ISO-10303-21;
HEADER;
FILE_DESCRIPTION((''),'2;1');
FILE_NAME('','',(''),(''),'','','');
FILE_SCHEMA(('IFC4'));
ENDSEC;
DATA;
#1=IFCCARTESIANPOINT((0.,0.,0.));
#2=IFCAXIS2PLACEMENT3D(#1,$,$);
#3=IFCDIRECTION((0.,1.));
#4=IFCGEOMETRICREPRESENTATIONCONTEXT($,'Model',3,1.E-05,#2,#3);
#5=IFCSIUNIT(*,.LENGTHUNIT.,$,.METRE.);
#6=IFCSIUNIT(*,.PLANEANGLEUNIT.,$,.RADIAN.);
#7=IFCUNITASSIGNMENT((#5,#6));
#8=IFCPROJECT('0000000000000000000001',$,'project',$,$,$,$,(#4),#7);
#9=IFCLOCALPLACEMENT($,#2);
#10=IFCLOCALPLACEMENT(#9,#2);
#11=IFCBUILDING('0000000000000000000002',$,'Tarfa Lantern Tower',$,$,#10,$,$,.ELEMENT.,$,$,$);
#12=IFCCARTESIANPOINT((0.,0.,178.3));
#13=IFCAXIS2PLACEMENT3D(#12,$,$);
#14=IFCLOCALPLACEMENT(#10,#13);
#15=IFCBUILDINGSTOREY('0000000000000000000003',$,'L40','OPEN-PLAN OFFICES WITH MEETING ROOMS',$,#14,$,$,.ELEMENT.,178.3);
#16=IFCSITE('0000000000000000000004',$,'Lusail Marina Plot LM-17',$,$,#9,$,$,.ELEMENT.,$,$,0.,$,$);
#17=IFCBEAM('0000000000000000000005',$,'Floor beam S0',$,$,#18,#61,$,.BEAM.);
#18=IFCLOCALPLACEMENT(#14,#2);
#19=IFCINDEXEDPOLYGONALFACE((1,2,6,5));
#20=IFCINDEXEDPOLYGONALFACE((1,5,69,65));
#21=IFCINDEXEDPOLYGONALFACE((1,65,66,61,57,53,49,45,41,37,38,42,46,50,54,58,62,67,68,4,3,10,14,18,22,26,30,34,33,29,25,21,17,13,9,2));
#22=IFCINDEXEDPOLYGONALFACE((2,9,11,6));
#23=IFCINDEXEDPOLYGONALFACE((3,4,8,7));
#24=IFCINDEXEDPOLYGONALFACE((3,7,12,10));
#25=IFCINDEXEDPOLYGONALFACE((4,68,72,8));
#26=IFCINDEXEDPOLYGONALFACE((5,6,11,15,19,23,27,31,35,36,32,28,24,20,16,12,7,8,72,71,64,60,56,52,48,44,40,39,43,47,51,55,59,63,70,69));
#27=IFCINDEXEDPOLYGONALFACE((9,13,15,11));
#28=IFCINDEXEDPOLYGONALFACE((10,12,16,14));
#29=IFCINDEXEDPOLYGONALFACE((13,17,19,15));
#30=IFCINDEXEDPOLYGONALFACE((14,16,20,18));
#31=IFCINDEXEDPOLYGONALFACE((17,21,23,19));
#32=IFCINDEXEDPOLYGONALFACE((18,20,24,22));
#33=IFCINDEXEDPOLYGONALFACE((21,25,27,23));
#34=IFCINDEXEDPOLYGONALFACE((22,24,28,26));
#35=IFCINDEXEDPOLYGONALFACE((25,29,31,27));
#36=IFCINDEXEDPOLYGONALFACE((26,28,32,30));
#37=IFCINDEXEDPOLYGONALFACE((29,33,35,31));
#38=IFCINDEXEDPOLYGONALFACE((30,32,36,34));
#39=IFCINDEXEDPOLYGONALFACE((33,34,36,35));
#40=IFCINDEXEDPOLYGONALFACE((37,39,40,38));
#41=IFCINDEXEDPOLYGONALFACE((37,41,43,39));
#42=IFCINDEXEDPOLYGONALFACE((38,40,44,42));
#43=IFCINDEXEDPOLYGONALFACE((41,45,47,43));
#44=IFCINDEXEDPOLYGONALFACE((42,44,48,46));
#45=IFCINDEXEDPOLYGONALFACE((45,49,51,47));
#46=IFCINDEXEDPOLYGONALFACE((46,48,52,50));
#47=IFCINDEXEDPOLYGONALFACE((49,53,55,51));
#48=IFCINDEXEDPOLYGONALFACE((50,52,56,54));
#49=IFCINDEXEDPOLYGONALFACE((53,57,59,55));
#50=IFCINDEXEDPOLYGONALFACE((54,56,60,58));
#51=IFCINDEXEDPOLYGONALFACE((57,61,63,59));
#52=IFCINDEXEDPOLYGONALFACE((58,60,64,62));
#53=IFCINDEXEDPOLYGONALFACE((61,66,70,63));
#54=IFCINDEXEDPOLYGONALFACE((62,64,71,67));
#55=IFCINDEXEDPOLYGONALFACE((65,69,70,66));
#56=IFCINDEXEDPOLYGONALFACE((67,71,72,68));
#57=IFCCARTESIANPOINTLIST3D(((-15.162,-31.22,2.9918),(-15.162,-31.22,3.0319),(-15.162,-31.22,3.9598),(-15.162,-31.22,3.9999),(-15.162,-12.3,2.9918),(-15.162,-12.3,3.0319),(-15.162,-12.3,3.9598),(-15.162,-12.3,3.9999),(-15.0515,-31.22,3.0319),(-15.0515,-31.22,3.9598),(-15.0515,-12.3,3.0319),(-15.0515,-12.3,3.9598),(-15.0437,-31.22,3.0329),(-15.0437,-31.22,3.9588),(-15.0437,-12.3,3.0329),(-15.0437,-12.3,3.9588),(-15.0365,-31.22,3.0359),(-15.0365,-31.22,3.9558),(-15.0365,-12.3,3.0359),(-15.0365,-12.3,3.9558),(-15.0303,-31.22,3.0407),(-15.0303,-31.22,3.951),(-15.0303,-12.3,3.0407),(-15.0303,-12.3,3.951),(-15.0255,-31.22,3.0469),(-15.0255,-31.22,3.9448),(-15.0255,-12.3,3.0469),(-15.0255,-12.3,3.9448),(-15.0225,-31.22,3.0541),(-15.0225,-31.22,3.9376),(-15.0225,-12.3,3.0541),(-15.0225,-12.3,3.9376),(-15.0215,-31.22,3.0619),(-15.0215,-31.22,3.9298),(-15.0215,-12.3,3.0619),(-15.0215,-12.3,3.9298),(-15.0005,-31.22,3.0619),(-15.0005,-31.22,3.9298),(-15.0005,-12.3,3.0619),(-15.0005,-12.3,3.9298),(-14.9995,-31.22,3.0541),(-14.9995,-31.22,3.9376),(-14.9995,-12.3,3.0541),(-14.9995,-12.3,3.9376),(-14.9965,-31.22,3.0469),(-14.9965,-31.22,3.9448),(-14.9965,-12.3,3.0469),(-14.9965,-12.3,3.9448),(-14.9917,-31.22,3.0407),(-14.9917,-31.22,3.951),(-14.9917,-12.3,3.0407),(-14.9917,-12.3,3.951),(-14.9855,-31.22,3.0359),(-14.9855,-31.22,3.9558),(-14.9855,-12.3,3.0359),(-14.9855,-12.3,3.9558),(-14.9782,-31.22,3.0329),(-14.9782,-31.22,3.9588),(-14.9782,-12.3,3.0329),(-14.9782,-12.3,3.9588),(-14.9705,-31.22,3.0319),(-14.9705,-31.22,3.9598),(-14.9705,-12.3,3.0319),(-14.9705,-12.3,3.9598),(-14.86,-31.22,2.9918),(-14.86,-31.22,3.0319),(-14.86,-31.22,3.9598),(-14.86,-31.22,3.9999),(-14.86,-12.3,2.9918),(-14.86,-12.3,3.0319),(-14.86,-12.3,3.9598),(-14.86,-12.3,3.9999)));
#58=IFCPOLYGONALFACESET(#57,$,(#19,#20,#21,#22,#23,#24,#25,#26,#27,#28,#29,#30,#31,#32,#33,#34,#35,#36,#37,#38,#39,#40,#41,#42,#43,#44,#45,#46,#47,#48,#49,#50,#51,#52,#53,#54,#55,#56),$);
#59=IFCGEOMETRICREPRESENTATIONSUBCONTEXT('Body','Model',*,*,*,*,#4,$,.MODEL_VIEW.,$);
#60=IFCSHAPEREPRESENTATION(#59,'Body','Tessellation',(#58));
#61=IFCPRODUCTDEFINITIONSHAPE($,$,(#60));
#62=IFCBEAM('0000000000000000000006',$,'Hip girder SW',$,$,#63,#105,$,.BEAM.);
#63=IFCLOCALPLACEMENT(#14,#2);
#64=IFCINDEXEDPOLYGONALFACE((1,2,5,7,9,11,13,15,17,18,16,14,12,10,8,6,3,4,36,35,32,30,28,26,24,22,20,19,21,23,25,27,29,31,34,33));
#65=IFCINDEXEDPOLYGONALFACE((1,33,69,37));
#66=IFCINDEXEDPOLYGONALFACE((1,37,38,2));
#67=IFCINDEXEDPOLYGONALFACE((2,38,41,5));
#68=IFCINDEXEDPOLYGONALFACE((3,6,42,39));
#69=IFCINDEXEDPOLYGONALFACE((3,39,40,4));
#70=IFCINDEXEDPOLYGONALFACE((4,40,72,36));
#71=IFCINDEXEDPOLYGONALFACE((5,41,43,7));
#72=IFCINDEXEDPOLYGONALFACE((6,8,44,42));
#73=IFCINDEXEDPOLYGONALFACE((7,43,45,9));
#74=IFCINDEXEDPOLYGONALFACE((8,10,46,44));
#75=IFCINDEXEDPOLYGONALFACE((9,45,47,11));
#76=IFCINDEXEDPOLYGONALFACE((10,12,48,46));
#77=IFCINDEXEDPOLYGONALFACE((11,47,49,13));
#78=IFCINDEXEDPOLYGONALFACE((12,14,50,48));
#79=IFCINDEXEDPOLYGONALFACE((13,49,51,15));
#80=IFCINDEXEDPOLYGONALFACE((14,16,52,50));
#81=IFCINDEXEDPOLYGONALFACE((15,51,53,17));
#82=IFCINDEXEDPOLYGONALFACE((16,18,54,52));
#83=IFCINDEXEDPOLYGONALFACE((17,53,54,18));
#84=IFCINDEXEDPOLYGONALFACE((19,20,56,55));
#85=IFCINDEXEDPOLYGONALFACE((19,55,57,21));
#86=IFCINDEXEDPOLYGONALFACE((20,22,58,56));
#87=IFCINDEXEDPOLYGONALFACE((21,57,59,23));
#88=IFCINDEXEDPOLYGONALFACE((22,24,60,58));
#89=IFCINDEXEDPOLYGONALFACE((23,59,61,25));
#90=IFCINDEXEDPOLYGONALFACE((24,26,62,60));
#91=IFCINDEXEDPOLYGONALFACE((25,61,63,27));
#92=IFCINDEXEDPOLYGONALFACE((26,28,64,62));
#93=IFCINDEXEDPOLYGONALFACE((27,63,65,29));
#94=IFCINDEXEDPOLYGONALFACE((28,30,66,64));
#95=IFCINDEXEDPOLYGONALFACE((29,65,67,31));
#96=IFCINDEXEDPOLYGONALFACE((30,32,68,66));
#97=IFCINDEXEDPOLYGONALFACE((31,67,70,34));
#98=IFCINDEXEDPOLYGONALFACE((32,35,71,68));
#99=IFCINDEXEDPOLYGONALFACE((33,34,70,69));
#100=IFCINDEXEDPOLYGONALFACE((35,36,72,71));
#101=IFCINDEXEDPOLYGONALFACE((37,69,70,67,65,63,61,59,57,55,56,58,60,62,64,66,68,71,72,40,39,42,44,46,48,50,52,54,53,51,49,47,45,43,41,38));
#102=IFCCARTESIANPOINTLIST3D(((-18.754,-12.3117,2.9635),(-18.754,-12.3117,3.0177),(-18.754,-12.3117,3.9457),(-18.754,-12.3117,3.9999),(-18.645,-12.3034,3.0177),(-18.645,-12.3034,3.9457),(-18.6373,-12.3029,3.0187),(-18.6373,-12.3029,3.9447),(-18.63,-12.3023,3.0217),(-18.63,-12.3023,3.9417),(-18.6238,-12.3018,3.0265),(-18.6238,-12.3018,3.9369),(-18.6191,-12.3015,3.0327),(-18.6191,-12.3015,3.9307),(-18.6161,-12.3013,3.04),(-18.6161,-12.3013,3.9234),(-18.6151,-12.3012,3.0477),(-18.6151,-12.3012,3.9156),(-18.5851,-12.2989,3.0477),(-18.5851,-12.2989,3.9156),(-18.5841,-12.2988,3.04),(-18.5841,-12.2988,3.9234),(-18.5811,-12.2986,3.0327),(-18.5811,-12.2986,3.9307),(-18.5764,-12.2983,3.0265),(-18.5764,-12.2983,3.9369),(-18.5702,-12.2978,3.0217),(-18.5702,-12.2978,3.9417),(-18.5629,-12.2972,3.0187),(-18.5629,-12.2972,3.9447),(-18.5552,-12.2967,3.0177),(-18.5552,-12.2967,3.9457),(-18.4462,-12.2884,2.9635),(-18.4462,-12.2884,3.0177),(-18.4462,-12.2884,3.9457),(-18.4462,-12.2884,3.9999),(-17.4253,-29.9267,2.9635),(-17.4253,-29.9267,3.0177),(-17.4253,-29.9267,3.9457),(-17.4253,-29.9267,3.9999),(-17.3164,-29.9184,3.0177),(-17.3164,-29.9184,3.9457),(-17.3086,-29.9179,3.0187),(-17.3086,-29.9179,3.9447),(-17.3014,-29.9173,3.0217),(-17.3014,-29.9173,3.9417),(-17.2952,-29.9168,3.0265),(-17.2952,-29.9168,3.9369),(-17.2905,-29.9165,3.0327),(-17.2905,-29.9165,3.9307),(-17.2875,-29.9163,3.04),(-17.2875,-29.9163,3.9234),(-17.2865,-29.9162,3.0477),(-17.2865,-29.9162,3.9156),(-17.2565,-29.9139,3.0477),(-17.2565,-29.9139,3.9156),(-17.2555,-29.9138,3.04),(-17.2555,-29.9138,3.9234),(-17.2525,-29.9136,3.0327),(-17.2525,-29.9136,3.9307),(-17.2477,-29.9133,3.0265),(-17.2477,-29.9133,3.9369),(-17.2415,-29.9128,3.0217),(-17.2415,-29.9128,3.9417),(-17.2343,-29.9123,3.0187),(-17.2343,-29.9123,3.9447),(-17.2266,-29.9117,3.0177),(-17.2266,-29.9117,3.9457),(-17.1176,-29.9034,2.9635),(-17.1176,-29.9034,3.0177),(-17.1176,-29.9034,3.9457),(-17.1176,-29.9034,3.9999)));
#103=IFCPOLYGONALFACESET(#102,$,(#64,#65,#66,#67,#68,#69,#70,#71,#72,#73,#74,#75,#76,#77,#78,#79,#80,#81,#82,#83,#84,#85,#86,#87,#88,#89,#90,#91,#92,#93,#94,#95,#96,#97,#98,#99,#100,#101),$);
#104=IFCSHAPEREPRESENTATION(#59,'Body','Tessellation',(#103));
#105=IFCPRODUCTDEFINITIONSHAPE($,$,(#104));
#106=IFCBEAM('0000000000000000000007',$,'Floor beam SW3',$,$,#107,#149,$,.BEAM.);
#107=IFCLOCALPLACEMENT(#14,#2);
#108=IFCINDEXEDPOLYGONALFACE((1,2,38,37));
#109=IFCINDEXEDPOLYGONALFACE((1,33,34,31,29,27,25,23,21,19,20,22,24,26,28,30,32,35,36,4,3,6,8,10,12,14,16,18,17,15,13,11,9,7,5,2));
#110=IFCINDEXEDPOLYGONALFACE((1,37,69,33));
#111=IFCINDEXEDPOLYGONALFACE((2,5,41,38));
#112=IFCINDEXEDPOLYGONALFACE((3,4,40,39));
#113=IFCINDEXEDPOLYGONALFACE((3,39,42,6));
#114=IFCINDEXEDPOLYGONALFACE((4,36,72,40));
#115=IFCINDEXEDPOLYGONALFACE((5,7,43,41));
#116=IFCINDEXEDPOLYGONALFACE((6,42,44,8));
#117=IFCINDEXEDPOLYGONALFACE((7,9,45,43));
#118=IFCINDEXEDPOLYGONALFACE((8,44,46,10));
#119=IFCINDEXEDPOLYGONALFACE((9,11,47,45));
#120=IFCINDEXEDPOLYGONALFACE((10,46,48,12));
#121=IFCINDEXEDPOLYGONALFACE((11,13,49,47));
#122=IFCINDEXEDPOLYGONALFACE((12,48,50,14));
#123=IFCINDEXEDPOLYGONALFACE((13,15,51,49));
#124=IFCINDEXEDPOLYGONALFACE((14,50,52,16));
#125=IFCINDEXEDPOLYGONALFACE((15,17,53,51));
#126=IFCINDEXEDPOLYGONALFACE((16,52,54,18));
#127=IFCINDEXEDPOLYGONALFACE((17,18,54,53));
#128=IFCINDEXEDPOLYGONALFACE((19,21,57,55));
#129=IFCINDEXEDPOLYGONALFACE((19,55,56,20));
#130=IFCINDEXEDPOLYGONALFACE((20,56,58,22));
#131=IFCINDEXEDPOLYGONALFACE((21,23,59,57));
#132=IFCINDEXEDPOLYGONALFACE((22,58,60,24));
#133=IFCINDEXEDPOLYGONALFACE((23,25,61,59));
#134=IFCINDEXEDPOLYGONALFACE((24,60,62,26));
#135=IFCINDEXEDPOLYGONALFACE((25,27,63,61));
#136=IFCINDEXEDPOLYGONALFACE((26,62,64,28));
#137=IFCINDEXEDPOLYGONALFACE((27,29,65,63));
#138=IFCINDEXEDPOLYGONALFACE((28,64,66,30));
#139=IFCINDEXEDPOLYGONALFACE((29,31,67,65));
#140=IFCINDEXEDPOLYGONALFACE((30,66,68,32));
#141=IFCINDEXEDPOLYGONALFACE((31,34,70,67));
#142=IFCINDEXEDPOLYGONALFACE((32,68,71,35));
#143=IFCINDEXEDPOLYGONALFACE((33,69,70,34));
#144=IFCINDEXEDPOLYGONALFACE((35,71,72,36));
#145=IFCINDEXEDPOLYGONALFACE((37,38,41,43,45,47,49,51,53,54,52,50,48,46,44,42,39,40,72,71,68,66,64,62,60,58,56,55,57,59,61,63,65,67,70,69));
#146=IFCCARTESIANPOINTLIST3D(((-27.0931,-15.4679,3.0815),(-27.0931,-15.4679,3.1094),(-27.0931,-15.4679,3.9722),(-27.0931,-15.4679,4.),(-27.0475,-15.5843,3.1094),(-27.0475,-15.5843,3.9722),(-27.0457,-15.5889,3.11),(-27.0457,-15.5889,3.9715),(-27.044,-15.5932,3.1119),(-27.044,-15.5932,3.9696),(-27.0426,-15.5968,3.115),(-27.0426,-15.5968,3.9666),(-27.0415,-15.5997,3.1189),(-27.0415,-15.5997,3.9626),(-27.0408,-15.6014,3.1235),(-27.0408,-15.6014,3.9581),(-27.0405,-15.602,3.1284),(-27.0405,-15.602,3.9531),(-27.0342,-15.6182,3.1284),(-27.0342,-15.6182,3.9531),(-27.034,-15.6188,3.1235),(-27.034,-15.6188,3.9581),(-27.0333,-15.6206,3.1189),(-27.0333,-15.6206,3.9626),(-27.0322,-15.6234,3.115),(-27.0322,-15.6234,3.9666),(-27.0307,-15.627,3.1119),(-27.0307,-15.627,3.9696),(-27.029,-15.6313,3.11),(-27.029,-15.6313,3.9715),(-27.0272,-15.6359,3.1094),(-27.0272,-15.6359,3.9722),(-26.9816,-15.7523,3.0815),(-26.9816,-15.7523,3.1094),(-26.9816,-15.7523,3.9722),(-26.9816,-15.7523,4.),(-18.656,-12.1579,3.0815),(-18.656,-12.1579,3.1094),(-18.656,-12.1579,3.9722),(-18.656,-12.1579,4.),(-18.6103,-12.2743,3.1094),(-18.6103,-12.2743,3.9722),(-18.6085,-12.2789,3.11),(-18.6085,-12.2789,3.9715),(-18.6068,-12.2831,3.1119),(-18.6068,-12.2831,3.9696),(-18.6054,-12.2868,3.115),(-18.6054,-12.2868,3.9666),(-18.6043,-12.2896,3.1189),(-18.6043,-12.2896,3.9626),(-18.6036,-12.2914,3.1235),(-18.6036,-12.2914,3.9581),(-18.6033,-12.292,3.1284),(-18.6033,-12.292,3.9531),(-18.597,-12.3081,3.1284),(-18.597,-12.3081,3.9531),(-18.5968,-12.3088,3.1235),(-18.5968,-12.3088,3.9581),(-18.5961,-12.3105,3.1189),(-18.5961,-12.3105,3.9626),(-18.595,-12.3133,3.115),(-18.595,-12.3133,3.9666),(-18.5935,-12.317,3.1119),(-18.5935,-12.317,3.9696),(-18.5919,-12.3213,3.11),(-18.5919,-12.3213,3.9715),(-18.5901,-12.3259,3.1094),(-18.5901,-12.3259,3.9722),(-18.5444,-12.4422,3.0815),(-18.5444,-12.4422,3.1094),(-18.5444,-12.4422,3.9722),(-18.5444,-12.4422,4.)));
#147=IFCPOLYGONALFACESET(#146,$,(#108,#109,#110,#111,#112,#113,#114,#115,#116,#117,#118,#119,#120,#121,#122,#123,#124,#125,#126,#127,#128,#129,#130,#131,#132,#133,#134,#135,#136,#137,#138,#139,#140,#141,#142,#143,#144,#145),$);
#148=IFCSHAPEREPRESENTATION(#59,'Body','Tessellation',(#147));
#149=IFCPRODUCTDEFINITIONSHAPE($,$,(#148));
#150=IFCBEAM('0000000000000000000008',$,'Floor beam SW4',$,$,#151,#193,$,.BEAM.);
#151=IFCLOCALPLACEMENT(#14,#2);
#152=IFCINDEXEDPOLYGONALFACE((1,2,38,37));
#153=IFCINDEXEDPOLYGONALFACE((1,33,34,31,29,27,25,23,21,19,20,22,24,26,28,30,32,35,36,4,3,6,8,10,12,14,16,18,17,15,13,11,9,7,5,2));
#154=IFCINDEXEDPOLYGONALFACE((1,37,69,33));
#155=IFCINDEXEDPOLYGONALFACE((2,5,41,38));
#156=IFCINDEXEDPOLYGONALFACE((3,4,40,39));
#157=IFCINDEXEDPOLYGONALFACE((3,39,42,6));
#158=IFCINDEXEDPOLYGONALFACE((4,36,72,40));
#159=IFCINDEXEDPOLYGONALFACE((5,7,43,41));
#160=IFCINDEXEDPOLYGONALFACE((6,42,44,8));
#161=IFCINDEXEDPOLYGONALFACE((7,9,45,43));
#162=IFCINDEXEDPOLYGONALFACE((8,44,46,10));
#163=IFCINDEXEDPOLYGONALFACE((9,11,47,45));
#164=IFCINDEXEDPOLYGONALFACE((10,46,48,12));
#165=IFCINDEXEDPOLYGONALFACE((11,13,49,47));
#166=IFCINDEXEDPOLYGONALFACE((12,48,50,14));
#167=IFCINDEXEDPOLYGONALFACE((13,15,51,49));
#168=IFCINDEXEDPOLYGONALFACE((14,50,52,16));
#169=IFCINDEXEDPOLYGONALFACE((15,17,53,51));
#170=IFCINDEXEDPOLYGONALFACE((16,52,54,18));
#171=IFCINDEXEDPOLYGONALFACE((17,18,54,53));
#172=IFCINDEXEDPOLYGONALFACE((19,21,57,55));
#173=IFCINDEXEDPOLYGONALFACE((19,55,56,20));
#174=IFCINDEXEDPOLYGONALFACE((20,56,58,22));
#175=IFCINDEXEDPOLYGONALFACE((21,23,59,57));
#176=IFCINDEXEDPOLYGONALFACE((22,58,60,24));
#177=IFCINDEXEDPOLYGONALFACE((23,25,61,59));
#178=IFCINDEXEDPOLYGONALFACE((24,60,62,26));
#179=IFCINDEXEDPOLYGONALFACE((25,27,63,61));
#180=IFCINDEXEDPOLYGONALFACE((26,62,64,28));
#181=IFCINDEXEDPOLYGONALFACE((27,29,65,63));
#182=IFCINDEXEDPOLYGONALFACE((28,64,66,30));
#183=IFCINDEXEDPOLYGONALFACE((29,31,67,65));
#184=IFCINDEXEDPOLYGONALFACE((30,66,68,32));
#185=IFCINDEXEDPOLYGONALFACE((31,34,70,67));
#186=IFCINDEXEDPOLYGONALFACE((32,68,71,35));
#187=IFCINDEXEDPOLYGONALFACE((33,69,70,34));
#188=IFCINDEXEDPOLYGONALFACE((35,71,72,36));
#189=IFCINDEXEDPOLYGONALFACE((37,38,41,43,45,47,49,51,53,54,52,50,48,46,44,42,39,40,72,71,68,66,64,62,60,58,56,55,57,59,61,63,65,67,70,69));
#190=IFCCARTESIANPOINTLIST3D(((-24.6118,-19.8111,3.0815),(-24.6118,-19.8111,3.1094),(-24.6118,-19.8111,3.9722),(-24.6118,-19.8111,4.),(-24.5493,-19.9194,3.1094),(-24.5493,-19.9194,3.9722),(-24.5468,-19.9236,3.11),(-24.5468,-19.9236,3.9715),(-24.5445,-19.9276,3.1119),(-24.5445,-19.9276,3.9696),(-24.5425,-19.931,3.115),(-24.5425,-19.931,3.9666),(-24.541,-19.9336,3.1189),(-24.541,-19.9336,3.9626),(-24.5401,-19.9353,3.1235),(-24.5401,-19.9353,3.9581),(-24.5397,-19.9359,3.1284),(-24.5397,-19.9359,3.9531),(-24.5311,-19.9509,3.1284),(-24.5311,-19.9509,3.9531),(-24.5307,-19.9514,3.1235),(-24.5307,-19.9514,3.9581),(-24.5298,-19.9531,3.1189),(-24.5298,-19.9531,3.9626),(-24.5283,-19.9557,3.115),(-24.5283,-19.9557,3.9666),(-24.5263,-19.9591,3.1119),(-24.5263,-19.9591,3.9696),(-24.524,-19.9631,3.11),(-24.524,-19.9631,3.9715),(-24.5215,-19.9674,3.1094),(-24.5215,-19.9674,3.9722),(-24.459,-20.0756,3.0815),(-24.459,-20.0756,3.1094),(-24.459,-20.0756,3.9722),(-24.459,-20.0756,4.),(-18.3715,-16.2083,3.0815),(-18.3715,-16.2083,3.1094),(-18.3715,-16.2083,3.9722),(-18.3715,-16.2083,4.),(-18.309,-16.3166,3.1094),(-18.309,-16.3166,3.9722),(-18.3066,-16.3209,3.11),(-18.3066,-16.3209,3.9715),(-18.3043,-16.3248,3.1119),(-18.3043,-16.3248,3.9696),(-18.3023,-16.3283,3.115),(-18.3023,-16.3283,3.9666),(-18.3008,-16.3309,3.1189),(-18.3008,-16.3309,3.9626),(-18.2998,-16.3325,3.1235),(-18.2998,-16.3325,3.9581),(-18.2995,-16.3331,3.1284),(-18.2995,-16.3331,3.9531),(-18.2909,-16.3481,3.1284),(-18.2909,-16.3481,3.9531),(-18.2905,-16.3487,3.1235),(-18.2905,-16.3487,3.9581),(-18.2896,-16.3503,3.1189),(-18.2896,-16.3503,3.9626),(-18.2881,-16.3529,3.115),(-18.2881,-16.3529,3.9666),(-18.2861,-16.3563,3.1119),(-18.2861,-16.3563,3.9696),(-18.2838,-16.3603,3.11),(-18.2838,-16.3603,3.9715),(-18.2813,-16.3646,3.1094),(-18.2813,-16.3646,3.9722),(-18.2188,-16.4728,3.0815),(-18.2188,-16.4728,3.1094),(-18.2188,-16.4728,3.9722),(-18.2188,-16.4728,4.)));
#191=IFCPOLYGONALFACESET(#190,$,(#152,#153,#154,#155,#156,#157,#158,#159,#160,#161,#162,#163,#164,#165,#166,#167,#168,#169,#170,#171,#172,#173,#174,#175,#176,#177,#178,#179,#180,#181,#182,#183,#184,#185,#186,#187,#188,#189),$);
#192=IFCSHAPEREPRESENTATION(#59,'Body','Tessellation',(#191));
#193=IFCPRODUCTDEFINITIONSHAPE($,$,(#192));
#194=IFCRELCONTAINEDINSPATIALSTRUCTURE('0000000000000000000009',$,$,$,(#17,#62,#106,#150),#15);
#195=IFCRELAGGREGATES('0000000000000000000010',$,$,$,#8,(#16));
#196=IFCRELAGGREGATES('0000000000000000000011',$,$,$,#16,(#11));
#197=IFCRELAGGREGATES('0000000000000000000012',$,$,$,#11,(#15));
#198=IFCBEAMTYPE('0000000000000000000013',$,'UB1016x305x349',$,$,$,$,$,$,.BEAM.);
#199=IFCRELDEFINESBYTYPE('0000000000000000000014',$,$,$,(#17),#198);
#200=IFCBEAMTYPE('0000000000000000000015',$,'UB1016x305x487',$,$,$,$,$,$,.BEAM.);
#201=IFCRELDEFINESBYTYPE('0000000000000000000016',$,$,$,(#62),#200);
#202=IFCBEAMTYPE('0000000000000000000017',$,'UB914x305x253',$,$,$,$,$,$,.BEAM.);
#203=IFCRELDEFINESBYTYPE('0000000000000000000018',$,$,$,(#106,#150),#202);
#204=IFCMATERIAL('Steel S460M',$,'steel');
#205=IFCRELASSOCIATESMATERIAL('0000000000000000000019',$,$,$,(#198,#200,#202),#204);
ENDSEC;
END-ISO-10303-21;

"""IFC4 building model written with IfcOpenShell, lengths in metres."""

from ifc_helpers import new_model, si_unit, direction, frame, origin, origin_2d, place, context, subcontext, project, spatial, i_section, extrude, material, material_profile, profile_set, type_object, element, save


model = new_model("IFC4")

# Units and contexts
model_context = context("Model", 3, precision=1e-05, world=origin(), true_north=direction((0.0, 1.0)))
body_context = subcontext(model_context, "Body", "Model", "MODEL_VIEW")
ifc_project = project(units=[si_unit("LENGTHUNIT", "METRE"), si_unit("PLANEANGLEUNIT", "RADIAN")], contexts=[model_context])

# Site, building, storey
site_placement = place(None, origin())
site = spatial("IfcSite", under=ifc_project, at=site_placement, Name="Lusail Marina Plot LM-17", CompositionType="ELEMENT", RefElevation=0.0)
building_placement = place(site_placement, origin())
building = spatial("IfcBuilding", under=site, at=building_placement, Name="Tarfa Lantern Tower", CompositionType="ELEMENT")
storey_placement = place(building_placement, frame((0.0, 0.0, 178.3)))
storey = spatial("IfcBuildingStorey", under=building, at=storey_placement, Name="L40", Description="OPEN-PLAN OFFICES WITH MEETING ROOMS", CompositionType="ELEMENT", Elevation=178.3)

# Beams
ifc_material_1 = material(Name="Steel S460M", Category="steel")
ifc_material_profile_1 = material_profile(ifc_material_1, i_section(OverallWidth=0.302, OverallDepth=1.0081, WebThickness=0.021, FlangeThickness=0.04, FilletRadius=0.03, at=origin_2d()), Name="UB1016x305x349")
ifc_profile_set_1 = profile_set([ifc_material_profile_1], Name="Steel S460M")
beam_type_1 = type_object("IfcBeamType", Name="UB1016x305x349", PredefinedType="BEAM", material=ifc_profile_set_1)
beam_1_placement = place(storey_placement, frame((-15.011, -31.22, 3.4958), z_axis=(0.0, 1.0, 0.0), x_axis=(-1.0, 0.0, 0.0)))
element("IfcBeam", 1, at=beam_1_placement, inside=storey, type_object=beam_type_1, Name="Floor beam S0", PredefinedType="BEAM", context=body_context, shape_type="SweptSolid", body=[
    extrude(i_section(OverallWidth=0.302, OverallDepth=1.0081, WebThickness=0.021, FlangeThickness=0.04, FilletRadius=0.03, at=origin_2d()), origin(), (0.0, 0.0, 1.0), 18.9199),
])
ifc_material_profile_2 = material_profile(ifc_material_1, i_section(OverallWidth=0.3086, OverallDepth=1.0364, WebThickness=0.03, FlangeThickness=0.0542, FilletRadius=0.03, at=origin_2d()), Name="UB1016x305x487")
ifc_profile_set_2 = profile_set([ifc_material_profile_2], Name="Steel S460M")
beam_type_2 = type_object("IfcBeamType", Name="UB1016x305x487", PredefinedType="BEAM", material=ifc_profile_set_2)
beam_2_placement = place(storey_placement, frame((-18.6001, -12.3, 3.4817), z_axis=(0.075212, -0.997168, 0.0), x_axis=(0.997168, 0.075212, 0.0)))
element("IfcBeam", 2, at=beam_2_placement, inside=storey, type_object=beam_type_2, Name="Hip girder SW", PredefinedType="BEAM", context=body_context, shape_type="SweptSolid", body=[
    extrude(i_section(OverallWidth=0.3086, OverallDepth=1.0364, WebThickness=0.03, FlangeThickness=0.0542, FilletRadius=0.03, at=origin_2d()), origin(), (0.0, 0.0, 1.0), 17.665),
])
ifc_material_profile_3 = material_profile(ifc_material_1, i_section(OverallWidth=0.3054, OverallDepth=0.9185, WebThickness=0.0173, FlangeThickness=0.0278, FilletRadius=0.019, at=origin_2d()), Name="UB914x305x253")
ifc_profile_set_3 = profile_set([ifc_material_profile_3], Name="Steel S460M")
beam_type_3 = type_object("IfcBeamType", Name="UB914x305x253", PredefinedType="BEAM", material=ifc_profile_set_3)
beam_3_placement = place(storey_placement, frame((-27.0374, -15.6101, 3.5408), z_axis=(0.930923, 0.365215, 0.0), x_axis=(-0.365215, 0.930923, 0.0)))
element("IfcBeam", 3, at=beam_3_placement, inside=storey, type_object=beam_type_3, Name="Floor beam SW3", PredefinedType="BEAM", context=body_context, shape_type="SweptSolid", body=[
    extrude(i_section(OverallWidth=0.3054, OverallDepth=0.9185, WebThickness=0.0173, FlangeThickness=0.0278, FilletRadius=0.019, at=origin_2d()), origin(), (0.0, 0.0, 1.0), 9.0632),
])
beam_4_placement = place(storey_placement, frame((-24.5354, -19.9434, 3.5408), z_axis=(0.866026, 0.499998, 0.0), x_axis=(-0.499998, 0.866026, 0.0)))
element("IfcBeam", 4, at=beam_4_placement, inside=storey, type_object=beam_type_3, Name="Floor beam SW4", PredefinedType="BEAM", context=body_context, shape_type="SweptSolid", body=[
    extrude(i_section(OverallWidth=0.3054, OverallDepth=0.9185, WebThickness=0.0173, FlangeThickness=0.0278, FilletRadius=0.019, at=origin_2d()), origin(), (0.0, 0.0, 1.0), 7.2056),
])

save(model, "model.ifc")
